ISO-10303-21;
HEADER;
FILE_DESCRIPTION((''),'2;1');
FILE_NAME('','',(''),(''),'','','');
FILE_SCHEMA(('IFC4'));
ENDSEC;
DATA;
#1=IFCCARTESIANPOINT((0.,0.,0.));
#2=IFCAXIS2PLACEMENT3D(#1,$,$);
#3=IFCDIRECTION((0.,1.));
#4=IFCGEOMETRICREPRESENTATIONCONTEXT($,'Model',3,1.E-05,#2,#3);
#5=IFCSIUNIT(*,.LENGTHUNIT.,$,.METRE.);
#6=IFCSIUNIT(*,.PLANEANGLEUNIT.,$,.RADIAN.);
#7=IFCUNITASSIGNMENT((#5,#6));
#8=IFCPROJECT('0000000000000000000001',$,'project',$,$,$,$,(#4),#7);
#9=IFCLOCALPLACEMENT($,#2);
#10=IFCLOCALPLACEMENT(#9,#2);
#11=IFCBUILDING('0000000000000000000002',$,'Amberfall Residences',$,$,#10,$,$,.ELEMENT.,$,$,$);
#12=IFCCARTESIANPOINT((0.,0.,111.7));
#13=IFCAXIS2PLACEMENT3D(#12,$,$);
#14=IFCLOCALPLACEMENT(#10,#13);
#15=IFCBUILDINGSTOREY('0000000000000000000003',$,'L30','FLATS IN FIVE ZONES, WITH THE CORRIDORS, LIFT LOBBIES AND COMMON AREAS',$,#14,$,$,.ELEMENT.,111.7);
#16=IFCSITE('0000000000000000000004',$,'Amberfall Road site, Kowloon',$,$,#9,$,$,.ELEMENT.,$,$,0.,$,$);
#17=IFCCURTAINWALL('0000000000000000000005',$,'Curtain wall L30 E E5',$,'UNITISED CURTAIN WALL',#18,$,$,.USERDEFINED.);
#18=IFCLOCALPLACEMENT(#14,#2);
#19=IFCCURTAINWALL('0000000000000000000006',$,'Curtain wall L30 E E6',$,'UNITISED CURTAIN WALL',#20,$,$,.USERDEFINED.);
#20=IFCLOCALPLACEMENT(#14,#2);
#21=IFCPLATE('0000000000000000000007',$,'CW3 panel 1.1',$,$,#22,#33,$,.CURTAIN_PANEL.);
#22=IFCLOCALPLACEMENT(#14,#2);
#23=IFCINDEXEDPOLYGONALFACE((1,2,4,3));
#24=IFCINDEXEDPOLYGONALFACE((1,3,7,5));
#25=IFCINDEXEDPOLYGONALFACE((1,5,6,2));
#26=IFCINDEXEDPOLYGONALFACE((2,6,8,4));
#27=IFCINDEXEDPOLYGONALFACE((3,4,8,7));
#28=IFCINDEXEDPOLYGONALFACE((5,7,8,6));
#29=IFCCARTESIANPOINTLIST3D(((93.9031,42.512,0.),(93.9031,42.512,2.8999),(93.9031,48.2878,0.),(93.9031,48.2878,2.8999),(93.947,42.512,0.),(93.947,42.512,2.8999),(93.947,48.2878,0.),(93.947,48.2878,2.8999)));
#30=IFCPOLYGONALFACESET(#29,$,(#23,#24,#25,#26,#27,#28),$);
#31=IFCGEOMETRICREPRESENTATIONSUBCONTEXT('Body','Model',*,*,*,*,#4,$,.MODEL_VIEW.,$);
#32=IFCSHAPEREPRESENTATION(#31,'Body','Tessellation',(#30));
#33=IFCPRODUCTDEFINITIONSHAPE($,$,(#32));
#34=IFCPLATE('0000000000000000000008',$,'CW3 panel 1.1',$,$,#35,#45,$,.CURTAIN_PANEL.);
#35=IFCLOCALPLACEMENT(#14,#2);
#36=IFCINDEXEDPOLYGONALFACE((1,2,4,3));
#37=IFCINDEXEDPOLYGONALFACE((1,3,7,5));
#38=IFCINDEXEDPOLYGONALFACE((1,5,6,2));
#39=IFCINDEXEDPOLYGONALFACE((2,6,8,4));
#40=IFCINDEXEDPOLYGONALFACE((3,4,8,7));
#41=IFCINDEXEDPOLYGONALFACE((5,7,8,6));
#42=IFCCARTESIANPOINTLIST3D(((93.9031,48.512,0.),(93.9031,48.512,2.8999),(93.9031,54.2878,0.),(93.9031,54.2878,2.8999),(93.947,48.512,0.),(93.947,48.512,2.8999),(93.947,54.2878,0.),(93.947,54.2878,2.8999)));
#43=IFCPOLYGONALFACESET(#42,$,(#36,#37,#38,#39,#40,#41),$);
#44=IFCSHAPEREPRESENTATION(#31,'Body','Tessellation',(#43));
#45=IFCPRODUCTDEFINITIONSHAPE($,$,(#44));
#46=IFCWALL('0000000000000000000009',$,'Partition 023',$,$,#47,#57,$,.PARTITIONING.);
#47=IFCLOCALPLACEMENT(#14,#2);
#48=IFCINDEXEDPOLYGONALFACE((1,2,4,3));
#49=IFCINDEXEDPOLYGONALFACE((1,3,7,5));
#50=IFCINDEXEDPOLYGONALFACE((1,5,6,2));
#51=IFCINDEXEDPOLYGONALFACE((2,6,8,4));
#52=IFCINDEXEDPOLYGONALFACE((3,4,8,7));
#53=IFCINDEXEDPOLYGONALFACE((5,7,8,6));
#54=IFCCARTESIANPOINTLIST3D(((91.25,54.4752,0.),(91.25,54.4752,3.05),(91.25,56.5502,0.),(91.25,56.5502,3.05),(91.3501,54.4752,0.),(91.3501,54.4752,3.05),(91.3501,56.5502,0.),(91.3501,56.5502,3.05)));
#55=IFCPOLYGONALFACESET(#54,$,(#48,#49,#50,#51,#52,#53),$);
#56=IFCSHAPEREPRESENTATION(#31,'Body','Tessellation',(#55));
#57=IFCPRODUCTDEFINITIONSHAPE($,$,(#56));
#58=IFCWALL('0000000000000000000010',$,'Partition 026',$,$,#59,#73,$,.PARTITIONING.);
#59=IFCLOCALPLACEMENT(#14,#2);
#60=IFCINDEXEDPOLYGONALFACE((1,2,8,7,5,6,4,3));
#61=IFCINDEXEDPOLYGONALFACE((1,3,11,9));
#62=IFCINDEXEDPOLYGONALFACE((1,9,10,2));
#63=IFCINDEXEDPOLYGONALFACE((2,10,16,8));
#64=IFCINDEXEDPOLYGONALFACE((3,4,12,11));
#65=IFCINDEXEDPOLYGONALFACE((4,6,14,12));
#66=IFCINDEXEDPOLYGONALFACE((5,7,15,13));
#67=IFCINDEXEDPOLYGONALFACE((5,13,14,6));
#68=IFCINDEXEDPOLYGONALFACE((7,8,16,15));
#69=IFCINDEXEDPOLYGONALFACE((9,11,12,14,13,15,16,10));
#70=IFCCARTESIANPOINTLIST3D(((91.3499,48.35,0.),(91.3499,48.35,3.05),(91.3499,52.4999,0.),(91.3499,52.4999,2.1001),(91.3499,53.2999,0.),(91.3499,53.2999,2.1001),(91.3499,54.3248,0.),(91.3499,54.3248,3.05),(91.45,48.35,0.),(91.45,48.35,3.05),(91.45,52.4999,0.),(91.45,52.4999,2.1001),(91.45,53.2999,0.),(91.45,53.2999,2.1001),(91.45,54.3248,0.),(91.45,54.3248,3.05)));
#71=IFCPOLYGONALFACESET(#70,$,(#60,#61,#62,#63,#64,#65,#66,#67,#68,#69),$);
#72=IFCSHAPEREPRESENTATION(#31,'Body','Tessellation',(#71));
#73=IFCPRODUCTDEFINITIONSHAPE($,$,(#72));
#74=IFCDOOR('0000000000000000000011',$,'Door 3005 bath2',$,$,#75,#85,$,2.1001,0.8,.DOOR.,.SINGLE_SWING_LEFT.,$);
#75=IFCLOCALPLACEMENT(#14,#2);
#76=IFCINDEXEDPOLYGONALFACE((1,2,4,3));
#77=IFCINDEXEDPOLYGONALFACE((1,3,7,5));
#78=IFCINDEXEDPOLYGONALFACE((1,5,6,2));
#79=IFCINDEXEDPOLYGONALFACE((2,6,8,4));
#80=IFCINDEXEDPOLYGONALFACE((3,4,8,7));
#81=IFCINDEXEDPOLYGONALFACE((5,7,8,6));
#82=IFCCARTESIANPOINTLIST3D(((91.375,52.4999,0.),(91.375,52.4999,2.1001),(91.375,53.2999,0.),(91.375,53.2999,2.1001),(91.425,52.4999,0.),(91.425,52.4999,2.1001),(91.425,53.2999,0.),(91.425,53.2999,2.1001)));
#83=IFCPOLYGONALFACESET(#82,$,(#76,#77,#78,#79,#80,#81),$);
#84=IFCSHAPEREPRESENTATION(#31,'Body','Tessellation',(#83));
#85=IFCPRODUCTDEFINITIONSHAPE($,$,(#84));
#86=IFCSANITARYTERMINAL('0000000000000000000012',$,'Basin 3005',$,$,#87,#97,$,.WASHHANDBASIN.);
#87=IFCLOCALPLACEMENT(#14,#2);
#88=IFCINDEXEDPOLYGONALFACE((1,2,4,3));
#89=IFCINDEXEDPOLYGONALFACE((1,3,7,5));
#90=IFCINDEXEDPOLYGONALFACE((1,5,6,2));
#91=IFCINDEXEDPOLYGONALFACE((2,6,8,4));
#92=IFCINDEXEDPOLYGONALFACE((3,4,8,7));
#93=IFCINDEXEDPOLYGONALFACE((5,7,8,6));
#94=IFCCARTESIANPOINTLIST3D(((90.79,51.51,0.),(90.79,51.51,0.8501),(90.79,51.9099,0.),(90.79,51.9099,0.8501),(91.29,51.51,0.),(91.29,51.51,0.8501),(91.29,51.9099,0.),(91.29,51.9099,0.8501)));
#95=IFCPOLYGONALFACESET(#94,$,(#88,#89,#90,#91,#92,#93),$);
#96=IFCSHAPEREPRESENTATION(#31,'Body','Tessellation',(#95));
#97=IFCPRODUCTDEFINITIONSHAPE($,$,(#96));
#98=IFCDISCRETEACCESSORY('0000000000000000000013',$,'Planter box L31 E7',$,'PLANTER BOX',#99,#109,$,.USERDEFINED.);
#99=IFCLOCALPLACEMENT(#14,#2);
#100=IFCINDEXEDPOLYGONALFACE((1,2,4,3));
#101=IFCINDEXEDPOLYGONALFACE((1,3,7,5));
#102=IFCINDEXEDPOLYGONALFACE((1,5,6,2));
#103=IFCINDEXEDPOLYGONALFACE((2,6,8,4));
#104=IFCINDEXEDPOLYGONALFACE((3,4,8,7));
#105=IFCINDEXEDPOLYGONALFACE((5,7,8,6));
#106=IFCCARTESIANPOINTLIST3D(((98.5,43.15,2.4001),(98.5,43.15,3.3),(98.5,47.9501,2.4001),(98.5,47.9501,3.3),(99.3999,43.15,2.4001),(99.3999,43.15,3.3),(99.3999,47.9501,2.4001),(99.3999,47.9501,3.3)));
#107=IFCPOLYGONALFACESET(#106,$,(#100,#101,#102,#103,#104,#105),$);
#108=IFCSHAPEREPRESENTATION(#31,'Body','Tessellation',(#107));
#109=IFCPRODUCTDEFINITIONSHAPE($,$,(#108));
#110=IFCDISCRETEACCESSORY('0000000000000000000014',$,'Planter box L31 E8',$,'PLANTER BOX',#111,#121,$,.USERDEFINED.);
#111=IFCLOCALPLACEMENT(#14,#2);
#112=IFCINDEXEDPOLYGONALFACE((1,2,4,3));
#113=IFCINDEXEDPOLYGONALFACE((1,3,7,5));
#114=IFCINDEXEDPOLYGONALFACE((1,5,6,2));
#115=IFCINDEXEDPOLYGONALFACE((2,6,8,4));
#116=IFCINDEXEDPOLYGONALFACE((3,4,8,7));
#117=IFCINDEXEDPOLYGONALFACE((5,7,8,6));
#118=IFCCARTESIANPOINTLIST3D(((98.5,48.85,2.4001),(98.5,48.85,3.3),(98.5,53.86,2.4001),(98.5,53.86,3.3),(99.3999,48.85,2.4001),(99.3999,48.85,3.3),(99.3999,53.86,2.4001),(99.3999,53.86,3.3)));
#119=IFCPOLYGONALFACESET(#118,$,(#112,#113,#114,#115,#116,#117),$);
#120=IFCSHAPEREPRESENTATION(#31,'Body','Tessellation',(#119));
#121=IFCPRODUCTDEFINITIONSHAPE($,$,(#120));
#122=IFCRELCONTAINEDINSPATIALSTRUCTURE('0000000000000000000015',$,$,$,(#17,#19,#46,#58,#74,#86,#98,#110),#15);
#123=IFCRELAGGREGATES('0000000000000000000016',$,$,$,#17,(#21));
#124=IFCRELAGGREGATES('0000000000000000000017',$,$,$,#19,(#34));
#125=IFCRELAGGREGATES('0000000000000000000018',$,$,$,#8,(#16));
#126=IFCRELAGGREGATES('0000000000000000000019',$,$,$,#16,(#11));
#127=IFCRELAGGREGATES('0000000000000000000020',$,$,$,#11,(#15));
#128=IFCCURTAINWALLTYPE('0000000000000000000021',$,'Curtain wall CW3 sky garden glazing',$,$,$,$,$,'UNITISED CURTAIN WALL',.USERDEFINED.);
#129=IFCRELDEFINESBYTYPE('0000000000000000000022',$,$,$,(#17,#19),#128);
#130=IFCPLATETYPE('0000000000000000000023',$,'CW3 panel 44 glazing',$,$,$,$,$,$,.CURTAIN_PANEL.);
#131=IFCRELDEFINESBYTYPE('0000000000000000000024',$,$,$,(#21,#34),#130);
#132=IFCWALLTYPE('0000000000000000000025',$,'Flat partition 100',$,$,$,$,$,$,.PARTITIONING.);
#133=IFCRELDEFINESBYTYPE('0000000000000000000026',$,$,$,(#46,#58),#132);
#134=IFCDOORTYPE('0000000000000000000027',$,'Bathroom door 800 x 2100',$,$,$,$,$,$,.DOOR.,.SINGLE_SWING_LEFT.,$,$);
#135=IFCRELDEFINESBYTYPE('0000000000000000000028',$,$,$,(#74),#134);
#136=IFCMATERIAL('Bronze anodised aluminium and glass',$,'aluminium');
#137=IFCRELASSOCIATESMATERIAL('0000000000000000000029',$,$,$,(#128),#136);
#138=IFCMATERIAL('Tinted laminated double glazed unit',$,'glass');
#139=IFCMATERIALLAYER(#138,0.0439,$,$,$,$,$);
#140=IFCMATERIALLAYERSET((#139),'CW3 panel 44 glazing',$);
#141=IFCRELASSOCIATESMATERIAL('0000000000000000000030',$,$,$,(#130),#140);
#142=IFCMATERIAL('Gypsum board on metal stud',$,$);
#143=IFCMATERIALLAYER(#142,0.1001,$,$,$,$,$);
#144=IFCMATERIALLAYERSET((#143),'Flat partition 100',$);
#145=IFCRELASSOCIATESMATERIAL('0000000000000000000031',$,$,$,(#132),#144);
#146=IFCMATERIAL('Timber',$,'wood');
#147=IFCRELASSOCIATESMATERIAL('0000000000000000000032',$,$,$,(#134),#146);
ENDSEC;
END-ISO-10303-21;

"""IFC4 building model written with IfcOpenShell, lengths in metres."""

from ifc_helpers import new_model, si_unit, direction, frame, frame_2d, origin, origin_2d, place, context, subcontext, project, spatial, rectangle, extrude, material, layer, layer_set, type_object, element, fill, aggregate, save


model = new_model("IFC4")

# Units and contexts
model_context = context("Model", 3, precision=1e-05, world=origin(), true_north=direction((0.0, 1.0)))
body_context = subcontext(model_context, "Body", "Model", "MODEL_VIEW")
ifc_project = project(units=[si_unit("LENGTHUNIT", "METRE"), si_unit("PLANEANGLEUNIT", "RADIAN")], contexts=[model_context])

# Site, building, storey
site_placement = place(None, origin())
site = spatial("IfcSite", under=ifc_project, at=site_placement, Name="Amberfall Road site, Kowloon", CompositionType="ELEMENT", RefElevation=0.0)
building_placement = place(site_placement, origin())
building = spatial("IfcBuilding", under=site, at=building_placement, Name="Amberfall Residences", CompositionType="ELEMENT")
storey_placement = place(building_placement, frame((0.0, 0.0, 111.7)))
storey = spatial("IfcBuildingStorey", under=building, at=storey_placement, Name="L30", Description="FLATS IN FIVE ZONES, WITH THE CORRIDORS, LIFT LOBBIES AND COMMON AREAS", CompositionType="ELEMENT", Elevation=111.7)

# Curtain walls
ifc_material_1 = material(Name="Bronze anodised aluminium and glass", Category="aluminium")
curtain_wall_type = type_object("IfcCurtainWallType", Name="Curtain wall CW3 sky garden glazing", ElementType="UNITISED CURTAIN WALL", PredefinedType="USERDEFINED", material=ifc_material_1)
curtain_wall_1_placement = place(storey_placement, origin())
curtain_wall_1 = element("IfcCurtainWall", 1, at=curtain_wall_1_placement, inside=storey, type_object=curtain_wall_type, Name="Curtain wall L30 E E5", ObjectType="UNITISED CURTAIN WALL", PredefinedType="USERDEFINED")
curtain_wall_2_placement = place(storey_placement, origin())
curtain_wall_2 = element("IfcCurtainWall", 2, at=curtain_wall_2_placement, inside=storey, type_object=curtain_wall_type, Name="Curtain wall L30 E E6", ObjectType="UNITISED CURTAIN WALL", PredefinedType="USERDEFINED")

# Plates
ifc_material_2 = material(Name="Tinted laminated double glazed unit", Category="glass")
ifc_layer_1 = layer(ifc_material_2, 0.0439)
ifc_layer_set_1 = layer_set([ifc_layer_1], Name="CW3 panel 44 glazing")
plate_type = type_object("IfcPlateType", Name="CW3 panel 44 glazing", PredefinedType="CURTAIN_PANEL", material=ifc_layer_set_1)
plate_1_placement = place(storey_placement, frame((93.925, 45.3999, 0.0), z_axis=(0.0, 0.0, 1.0), x_axis=(0.0, 1.0, 0.0)))
plate_1 = element("IfcPlate", 3, at=plate_1_placement, type_object=plate_type, Name="CW3 panel 1.1", PredefinedType="CURTAIN_PANEL", context=body_context, shape_type="SweptSolid", body=[
    extrude(rectangle(XDim=5.7759, YDim=0.0439, at=origin_2d()), origin(), (0.0, 0.0, 1.0), 2.8999),
])
aggregate(curtain_wall_1, [plate_1])
plate_2_placement = place(storey_placement, frame((93.925, 51.3999, 0.0), z_axis=(0.0, 0.0, 1.0), x_axis=(0.0, 1.0, 0.0)))
plate_2 = element("IfcPlate", 4, at=plate_2_placement, type_object=plate_type, Name="CW3 panel 1.1", PredefinedType="CURTAIN_PANEL", context=body_context, shape_type="SweptSolid", body=[
    extrude(rectangle(XDim=5.7759, YDim=0.0439, at=origin_2d()), origin(), (0.0, 0.0, 1.0), 2.8999),
])
aggregate(curtain_wall_2, [plate_2])

# Wall
ifc_material_3 = material(Name="Gypsum board on metal stud")
ifc_layer_2 = layer(ifc_material_3, 0.1001)
ifc_layer_set_2 = layer_set([ifc_layer_2], Name="Flat partition 100")
wall_type = type_object("IfcWallType", Name="Flat partition 100", PredefinedType="PARTITIONING", material=ifc_layer_set_2)
wall_1_placement = place(storey_placement, frame((91.3, 54.4751, 0.0), z_axis=(0.0, 0.0, 1.0), x_axis=(0.0, 1.0, 0.0)))
element("IfcWall", 5, at=wall_1_placement, inside=storey, type_object=wall_type, Name="Partition 023", PredefinedType="PARTITIONING", context=body_context, shape_type="SweptSolid", body=[
    extrude(rectangle(XDim=2.075, YDim=0.1001, at=frame_2d((1.0376, 0.0))), origin(), (0.0, 0.0, 1.0), 3.05),
])

# Wall, opening, door
wall_2_placement = place(storey_placement, frame((91.3999, 48.3501, 0.0), z_axis=(0.0, 0.0, 1.0), x_axis=(0.0, 1.0, 0.0)))
wall_2 = element("IfcWall", 6, at=wall_2_placement, inside=storey, type_object=wall_type, Name="Partition 026", PredefinedType="PARTITIONING", context=body_context, shape_type="SweptSolid", body=[
    extrude(rectangle(XDim=5.9749, YDim=0.1001, at=frame_2d((2.9873, 0.0))), origin(), (0.0, 0.0, 1.0), 3.05),
])
opening_placement = place(wall_2_placement, frame((4.1499, 0.0, 0.0)))
opening = element("IfcOpeningElement", 7, at=opening_placement, cuts=wall_2, PredefinedType="OPENING", context=body_context, shape_type="SweptSolid", body=[
    extrude(rectangle(XDim=0.8, YDim=2.1001, at=frame_2d((0.3999, 1.05))), frame((0.0, 0.0601, 0.0), z_axis=(0.0, -1.0, 0.0), x_axis=(1.0, 0.0, 0.0)), (0.0, 0.0, 1.0), 0.1201),
])
ifc_material_4 = material(Name="Timber", Category="wood")
door_type = type_object("IfcDoorType", Name="Bathroom door 800 x 2100", OperationType="SINGLE_SWING_LEFT", PredefinedType="DOOR", material=ifc_material_4)
door_placement = place(opening_placement, origin())
door = element("IfcDoor", 8, at=door_placement, inside=storey, type_object=door_type, Name="Door 3005 bath2", OperationType="SINGLE_SWING_LEFT", OverallHeight=2.1001, OverallWidth=0.8, PredefinedType="DOOR", context=body_context, shape_type="SweptSolid", body=[
    extrude(rectangle(XDim=0.8, YDim=2.1001, at=frame_2d((0.3999, 1.05))), frame((0.0, 0.0249, 0.0), z_axis=(0.0, -1.0, 0.0), x_axis=(1.0, 0.0, 0.0)), (0.0, 0.0, 1.0), 0.05),
])
fill(opening, door)

# Sanitary terminal
sanitary_terminal_placement = place(storey_placement, frame((91.04, 51.71, 0.0), z_axis=(0.0, 0.0, 1.0), x_axis=(1.0, 0.0, 0.0)))
element("IfcSanitaryTerminal", 9, at=sanitary_terminal_placement, inside=storey, Name="Basin 3005", PredefinedType="WASHHANDBASIN", context=body_context, shape_type="SweptSolid", body=[
    extrude(rectangle(XDim=0.5, YDim=0.3999, at=origin_2d()), origin(), (0.0, 0.0, 1.0), 0.8501),
])

# Discrete accessories
discrete_accessory_1_placement = place(storey_placement, frame((98.95, 45.55, 2.4001), z_axis=(0.0, 0.0, 1.0), x_axis=(0.0, 1.0, 0.0)))
element("IfcDiscreteAccessory", 10, at=discrete_accessory_1_placement, inside=storey, Name="Planter box L31 E7", ObjectType="PLANTER BOX", PredefinedType="USERDEFINED", context=body_context, shape_type="SweptSolid", body=[
    extrude(rectangle(XDim=4.8, YDim=0.8999, at=origin_2d()), origin(), (0.0, 0.0, 1.0), 0.8999),
])
discrete_accessory_2_placement = place(storey_placement, frame((98.95, 51.355, 2.4001), z_axis=(0.0, 0.0, 1.0), x_axis=(0.0, 1.0, 0.0)))
element("IfcDiscreteAccessory", 11, at=discrete_accessory_2_placement, inside=storey, Name="Planter box L31 E8", ObjectType="PLANTER BOX", PredefinedType="USERDEFINED", context=body_context, shape_type="SweptSolid", body=[
    extrude(rectangle(XDim=5.01, YDim=0.8999, at=origin_2d()), origin(), (0.0, 0.0, 1.0), 0.8999),
])

save(model, "model.ifc")
